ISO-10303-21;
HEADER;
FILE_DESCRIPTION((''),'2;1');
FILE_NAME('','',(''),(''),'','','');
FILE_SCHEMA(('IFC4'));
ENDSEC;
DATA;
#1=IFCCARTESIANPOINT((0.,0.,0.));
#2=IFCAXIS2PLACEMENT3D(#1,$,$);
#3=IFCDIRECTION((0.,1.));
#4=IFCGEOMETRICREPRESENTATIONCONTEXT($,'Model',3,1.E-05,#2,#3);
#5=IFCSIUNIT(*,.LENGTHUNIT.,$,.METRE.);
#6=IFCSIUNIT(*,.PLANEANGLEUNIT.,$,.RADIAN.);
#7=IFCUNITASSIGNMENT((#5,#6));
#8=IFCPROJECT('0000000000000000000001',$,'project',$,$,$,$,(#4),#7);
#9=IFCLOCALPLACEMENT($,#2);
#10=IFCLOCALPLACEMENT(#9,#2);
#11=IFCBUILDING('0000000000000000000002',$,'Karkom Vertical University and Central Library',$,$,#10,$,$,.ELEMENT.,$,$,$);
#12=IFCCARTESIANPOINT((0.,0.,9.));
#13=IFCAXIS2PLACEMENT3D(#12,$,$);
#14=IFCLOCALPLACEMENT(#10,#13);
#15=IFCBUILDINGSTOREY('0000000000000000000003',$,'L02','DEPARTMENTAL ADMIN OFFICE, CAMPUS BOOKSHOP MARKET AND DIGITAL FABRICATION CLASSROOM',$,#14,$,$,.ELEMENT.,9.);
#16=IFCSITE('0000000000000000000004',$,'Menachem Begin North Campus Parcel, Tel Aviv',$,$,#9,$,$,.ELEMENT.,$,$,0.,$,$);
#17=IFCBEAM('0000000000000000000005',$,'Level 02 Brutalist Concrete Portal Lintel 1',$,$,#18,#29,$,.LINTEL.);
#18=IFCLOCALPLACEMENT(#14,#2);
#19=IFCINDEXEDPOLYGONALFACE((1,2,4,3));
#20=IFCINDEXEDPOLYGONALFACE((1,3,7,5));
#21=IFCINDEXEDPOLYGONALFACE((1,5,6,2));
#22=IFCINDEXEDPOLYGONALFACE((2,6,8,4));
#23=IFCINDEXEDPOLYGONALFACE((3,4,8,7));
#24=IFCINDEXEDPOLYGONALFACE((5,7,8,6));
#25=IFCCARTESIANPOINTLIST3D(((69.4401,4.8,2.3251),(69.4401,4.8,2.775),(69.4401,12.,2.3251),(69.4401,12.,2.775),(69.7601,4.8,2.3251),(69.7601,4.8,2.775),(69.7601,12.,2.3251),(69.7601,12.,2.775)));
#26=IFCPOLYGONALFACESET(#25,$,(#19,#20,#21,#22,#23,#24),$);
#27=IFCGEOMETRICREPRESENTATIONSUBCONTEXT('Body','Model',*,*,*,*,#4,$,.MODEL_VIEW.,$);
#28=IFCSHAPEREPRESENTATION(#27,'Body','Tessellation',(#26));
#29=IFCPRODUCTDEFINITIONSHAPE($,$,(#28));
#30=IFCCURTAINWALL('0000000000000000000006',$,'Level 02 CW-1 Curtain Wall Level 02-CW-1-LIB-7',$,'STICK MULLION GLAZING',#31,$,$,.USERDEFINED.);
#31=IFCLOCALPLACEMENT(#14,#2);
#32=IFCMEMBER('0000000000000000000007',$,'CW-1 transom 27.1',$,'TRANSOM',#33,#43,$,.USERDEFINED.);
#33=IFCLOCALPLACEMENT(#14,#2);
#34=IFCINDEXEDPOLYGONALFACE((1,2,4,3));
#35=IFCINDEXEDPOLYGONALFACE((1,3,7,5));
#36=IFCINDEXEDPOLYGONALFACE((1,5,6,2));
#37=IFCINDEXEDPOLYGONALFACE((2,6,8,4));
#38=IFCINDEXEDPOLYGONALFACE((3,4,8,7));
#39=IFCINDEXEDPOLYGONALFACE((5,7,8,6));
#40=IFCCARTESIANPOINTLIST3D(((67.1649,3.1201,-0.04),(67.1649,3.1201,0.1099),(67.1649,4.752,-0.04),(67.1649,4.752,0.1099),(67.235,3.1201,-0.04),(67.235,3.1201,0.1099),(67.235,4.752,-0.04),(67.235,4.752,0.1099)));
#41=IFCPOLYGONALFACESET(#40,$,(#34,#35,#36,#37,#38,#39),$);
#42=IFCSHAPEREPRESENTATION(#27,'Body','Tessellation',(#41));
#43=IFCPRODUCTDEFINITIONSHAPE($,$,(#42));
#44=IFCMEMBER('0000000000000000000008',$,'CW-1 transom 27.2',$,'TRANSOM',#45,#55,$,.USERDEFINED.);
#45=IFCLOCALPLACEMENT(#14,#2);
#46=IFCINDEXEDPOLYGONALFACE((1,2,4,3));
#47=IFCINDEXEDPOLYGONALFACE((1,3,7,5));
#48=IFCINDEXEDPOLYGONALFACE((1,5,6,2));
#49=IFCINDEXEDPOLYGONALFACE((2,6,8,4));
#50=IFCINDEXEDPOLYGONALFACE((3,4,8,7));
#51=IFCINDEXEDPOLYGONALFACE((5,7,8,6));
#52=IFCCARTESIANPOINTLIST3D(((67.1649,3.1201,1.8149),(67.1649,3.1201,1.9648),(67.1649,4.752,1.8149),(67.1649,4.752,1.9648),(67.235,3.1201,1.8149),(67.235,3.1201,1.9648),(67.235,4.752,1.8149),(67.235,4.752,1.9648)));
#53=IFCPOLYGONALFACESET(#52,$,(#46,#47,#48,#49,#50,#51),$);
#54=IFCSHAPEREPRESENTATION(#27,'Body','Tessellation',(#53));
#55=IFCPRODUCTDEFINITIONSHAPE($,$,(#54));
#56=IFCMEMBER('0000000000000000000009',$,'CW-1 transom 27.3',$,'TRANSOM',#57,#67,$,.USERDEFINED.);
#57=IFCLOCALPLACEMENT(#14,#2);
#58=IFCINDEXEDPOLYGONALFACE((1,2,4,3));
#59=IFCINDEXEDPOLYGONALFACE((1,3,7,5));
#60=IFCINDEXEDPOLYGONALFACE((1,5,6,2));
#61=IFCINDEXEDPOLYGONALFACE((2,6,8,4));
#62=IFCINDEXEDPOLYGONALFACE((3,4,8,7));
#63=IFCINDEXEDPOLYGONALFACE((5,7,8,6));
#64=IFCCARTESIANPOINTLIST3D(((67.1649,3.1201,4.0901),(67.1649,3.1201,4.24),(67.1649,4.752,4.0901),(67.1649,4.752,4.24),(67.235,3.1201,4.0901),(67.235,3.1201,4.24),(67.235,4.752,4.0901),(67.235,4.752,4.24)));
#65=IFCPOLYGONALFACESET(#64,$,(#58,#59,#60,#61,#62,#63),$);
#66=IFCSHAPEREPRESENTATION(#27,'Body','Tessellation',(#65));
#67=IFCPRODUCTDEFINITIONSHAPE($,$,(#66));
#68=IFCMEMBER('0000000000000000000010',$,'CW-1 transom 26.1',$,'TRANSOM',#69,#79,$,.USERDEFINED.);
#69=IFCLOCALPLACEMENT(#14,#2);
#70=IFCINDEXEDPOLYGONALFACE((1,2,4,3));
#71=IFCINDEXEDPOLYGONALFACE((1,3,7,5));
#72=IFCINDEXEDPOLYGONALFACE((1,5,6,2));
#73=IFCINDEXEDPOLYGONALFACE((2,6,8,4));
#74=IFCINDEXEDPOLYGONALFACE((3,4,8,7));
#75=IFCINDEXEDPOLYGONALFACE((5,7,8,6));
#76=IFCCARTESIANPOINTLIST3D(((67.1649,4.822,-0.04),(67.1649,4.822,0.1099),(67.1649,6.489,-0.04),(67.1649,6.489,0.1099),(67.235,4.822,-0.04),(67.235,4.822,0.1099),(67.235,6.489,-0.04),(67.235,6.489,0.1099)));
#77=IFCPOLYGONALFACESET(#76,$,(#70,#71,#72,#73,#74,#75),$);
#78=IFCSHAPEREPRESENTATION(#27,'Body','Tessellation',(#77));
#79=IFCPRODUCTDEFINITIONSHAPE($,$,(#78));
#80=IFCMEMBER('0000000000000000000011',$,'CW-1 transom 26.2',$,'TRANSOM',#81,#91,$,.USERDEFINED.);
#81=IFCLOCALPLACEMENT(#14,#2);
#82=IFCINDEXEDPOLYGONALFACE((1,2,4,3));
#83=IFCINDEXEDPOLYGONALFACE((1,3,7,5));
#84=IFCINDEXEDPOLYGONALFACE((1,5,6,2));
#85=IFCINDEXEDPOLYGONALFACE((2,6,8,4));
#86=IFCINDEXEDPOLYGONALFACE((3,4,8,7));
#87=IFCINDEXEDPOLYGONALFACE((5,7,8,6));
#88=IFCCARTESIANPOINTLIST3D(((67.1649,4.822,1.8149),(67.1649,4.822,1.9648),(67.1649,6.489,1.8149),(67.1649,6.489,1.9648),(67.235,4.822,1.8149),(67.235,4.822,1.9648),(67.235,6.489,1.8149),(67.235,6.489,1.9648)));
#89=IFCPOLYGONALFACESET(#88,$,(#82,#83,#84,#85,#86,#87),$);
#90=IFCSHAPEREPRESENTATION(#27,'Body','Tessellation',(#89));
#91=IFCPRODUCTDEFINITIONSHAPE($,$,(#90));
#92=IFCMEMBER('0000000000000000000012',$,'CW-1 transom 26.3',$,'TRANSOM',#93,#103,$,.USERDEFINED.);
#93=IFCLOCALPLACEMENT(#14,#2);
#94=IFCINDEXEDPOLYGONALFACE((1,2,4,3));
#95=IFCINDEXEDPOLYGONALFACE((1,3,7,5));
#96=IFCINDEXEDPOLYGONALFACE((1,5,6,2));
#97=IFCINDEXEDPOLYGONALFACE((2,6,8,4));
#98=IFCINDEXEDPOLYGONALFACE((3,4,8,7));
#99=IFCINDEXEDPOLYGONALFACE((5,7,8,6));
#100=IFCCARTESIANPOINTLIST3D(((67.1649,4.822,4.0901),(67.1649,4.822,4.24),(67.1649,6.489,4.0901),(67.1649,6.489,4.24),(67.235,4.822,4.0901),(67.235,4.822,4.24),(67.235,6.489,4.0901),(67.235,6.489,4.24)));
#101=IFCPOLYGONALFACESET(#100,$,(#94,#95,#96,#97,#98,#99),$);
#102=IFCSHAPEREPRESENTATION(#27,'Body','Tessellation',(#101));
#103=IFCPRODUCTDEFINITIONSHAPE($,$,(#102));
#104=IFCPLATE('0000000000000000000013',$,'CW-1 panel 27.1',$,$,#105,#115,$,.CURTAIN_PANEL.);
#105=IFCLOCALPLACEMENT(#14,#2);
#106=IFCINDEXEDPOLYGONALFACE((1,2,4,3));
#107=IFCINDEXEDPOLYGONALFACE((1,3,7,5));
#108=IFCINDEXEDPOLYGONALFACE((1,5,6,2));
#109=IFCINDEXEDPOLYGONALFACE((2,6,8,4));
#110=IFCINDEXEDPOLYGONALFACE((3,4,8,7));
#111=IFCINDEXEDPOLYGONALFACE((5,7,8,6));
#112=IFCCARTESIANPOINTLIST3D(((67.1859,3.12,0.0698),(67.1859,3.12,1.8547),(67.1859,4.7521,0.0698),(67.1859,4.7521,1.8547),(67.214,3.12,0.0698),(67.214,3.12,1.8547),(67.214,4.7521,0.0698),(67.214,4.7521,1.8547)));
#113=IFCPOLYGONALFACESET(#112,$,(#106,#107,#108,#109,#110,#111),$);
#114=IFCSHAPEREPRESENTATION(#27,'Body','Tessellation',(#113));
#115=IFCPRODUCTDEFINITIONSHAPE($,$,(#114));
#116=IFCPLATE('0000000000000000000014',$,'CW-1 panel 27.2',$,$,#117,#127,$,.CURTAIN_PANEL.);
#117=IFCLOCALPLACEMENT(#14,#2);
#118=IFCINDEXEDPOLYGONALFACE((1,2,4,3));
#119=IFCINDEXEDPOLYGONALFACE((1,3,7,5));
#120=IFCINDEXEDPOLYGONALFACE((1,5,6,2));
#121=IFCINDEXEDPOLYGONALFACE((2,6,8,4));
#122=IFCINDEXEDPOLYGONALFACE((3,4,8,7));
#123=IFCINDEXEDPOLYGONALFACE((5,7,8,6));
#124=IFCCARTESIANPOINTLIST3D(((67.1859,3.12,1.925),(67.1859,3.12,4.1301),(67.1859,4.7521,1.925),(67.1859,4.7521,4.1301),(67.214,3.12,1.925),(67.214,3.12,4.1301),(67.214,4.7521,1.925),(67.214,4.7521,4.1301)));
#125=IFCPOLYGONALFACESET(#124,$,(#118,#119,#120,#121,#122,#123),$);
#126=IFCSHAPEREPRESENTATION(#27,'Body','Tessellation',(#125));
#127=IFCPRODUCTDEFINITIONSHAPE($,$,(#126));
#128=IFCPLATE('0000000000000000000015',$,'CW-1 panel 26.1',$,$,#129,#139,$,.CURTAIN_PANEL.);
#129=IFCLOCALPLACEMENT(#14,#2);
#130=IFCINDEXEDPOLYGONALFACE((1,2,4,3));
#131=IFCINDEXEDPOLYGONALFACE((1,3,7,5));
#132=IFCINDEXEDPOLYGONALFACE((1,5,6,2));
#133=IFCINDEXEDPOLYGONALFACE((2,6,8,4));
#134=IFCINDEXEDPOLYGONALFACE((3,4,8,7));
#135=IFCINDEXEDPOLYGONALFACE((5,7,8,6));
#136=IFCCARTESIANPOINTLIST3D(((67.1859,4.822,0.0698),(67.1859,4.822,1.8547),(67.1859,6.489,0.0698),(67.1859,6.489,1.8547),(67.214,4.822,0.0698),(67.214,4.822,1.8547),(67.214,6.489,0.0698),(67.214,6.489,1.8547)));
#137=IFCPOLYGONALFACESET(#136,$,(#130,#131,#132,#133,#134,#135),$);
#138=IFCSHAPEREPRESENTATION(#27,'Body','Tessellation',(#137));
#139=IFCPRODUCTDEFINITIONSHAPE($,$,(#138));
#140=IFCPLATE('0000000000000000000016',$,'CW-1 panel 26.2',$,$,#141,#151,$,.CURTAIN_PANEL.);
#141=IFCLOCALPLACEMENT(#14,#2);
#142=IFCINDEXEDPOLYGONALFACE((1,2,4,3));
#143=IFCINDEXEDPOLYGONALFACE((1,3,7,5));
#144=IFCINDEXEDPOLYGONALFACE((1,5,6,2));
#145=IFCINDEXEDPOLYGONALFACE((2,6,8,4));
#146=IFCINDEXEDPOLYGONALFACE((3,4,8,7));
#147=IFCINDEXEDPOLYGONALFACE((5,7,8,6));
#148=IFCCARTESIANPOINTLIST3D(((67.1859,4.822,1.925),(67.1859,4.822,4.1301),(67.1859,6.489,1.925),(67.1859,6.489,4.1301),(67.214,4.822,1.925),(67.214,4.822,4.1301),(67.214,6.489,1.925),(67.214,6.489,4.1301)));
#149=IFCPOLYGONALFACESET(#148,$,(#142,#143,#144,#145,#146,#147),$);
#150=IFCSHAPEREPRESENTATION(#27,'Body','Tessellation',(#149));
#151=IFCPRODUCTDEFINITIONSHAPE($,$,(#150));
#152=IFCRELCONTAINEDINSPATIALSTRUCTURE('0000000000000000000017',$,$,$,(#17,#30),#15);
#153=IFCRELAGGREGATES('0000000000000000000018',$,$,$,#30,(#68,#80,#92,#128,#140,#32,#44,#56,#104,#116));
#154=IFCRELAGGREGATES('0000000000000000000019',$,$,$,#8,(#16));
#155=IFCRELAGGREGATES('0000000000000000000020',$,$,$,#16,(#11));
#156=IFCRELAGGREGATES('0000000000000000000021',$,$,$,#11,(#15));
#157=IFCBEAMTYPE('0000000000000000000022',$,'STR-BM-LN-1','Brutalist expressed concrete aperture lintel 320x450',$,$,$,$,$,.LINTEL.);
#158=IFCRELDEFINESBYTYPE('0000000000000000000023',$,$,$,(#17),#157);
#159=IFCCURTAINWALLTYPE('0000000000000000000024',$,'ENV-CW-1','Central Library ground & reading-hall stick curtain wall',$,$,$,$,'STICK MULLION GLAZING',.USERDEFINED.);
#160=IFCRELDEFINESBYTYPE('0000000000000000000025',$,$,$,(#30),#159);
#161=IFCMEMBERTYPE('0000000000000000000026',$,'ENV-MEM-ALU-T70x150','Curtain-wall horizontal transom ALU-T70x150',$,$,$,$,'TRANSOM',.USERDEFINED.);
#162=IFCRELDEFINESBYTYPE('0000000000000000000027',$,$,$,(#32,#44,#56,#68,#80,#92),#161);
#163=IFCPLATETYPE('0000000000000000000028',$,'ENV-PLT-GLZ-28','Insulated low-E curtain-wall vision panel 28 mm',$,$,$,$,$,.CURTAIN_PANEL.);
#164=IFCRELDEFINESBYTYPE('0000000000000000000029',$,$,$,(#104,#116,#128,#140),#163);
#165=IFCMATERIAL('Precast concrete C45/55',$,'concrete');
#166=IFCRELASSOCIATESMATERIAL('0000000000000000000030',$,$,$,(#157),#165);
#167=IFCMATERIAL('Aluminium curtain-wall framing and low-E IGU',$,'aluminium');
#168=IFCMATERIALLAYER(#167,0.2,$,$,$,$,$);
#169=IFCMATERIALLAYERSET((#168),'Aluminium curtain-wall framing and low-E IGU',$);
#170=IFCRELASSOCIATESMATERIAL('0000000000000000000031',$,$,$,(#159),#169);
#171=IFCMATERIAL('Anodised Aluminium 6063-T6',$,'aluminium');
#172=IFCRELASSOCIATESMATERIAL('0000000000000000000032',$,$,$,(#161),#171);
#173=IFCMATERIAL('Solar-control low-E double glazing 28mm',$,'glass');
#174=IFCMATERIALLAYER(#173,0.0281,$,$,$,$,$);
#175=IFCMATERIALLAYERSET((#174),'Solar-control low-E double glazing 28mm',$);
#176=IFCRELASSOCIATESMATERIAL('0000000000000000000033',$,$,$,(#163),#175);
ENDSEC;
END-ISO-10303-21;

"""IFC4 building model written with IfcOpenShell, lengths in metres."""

from ifc_helpers import new_model, si_unit, direction, frame, origin, origin_with_axes, origin_2d, place, context, subcontext, project, spatial, rectangle, extrude, source, transform, mapped, material, layer, layer_set, material_profile, profile_set, type_object, element, aggregate, save


model = new_model("IFC4")

# Units and contexts
model_context = context("Model", 3, precision=1e-05, world=origin(), true_north=direction((0.0, 1.0)))
body_context = subcontext(model_context, "Body", "Model", "MODEL_VIEW")
ifc_project = project(units=[si_unit("LENGTHUNIT", "METRE"), si_unit("PLANEANGLEUNIT", "RADIAN")], contexts=[model_context])

# Site, building, storey
site_placement = place(None, origin())
site = spatial("IfcSite", under=ifc_project, at=site_placement, Name="Menachem Begin North Campus Parcel, Tel Aviv", CompositionType="ELEMENT", RefElevation=0.0)
building_placement = place(site_placement, origin())
building = spatial("IfcBuilding", under=site, at=building_placement, Name="Karkom Vertical University and Central Library", CompositionType="ELEMENT")
storey_placement = place(building_placement, frame((0.0, 0.0, 9.0)))
storey = spatial("IfcBuildingStorey", under=building, at=storey_placement, Name="L02", Description="DEPARTMENTAL ADMIN OFFICE, CAMPUS BOOKSHOP MARKET AND DIGITAL FABRICATION CLASSROOM", CompositionType="ELEMENT", Elevation=9.0)

# Beam
ifc_material_1 = material(Name="Precast concrete C45/55", Category="concrete")
ifc_material_profile_1 = material_profile(ifc_material_1, rectangle(XDim=0.3201, YDim=0.45, at=origin_2d()), Name="RCL-320x450")
ifc_profile_set_1 = profile_set([ifc_material_profile_1], Name="Precast concrete C45/55")
beam_type_1 = type_object("IfcBeamType", Name="STR-BM-LN-1", Description="Brutalist expressed concrete aperture lintel 320x450", PredefinedType="LINTEL", material=ifc_profile_set_1)
shared_shape_1 = source(origin_with_axes(), body_context, "Body", "SweptSolid", [
    extrude(rectangle(XDim=0.3201, YDim=0.45, at=origin_2d()), origin(), (0.0, 0.0, 1.0), 7.2),
])
beam_1_placement = place(storey_placement, frame((69.6001, 4.8, 2.55), z_axis=(0.0, 1.0, 0.0), x_axis=(-1.0, 0.0, 0.0)))
element("IfcBeam", 1, at=beam_1_placement, inside=storey, type_object=beam_type_1, Name="Level 02 Brutalist Concrete Portal Lintel 1", PredefinedType="LINTEL", context=body_context, shape_type="MappedRepresentation", body=[
    mapped(shared_shape_1, transform((0.0, 0.0, 0.0), scale=1.0)),
])

# Curtain wall, members, plates
ifc_material_2 = material(Name="Aluminium curtain-wall framing and low-E IGU", Category="aluminium")
ifc_layer_1 = layer(ifc_material_2, 0.2)
ifc_layer_set_1 = layer_set([ifc_layer_1], Name="Aluminium curtain-wall framing and low-E IGU")
curtain_wall_type = type_object("IfcCurtainWallType", Name="ENV-CW-1", Description="Central Library ground & reading-hall stick curtain wall", ElementType="STICK MULLION GLAZING", PredefinedType="USERDEFINED", material=ifc_layer_set_1)
curtain_wall_placement = place(storey_placement, origin())
curtain_wall = element("IfcCurtainWall", 2, at=curtain_wall_placement, inside=storey, type_object=curtain_wall_type, Name="Level 02 CW-1 Curtain Wall Level 02-CW-1-LIB-7", ObjectType="STICK MULLION GLAZING", PredefinedType="USERDEFINED")
ifc_material_3 = material(Name="Anodised Aluminium 6063-T6", Category="aluminium")
ifc_material_profile_2 = material_profile(ifc_material_3, rectangle(XDim=0.0701, YDim=0.1499, at=origin_2d()), Name="ALU-T70x150")
ifc_profile_set_2 = profile_set([ifc_material_profile_2], Name="Anodised Aluminium 6063-T6")
member_type = type_object("IfcMemberType", Name="ENV-MEM-ALU-T70x150", Description="Curtain-wall horizontal transom ALU-T70x150", ElementType="TRANSOM", PredefinedType="USERDEFINED", material=ifc_profile_set_2)
shared_shape_2 = source(origin_with_axes(), body_context, "Body", "SweptSolid", [
    extrude(rectangle(XDim=0.0701, YDim=0.1499, at=origin_2d()), origin(), (0.0, 0.0, 1.0), 1.6318),
])
member_1_placement = place(storey_placement, frame((67.2, 4.752, 0.0349), z_axis=(0.0, -1.0, 0.0), x_axis=(1.0, 0.0, 0.0)))
member_1 = element("IfcMember", 3, at=member_1_placement, type_object=member_type, Name="CW-1 transom 27.1", ObjectType="TRANSOM", PredefinedType="USERDEFINED", context=body_context, shape_type="MappedRepresentation", body=[
    mapped(shared_shape_2, transform((0.0, 0.0, 0.0), scale=1.0)),
])
member_2_placement = place(storey_placement, frame((67.2, 4.752, 1.8899), z_axis=(0.0, -1.0, 0.0), x_axis=(1.0, 0.0, 0.0)))
member_2 = element("IfcMember", 4, at=member_2_placement, type_object=member_type, Name="CW-1 transom 27.2", ObjectType="TRANSOM", PredefinedType="USERDEFINED", context=body_context, shape_type="MappedRepresentation", body=[
    mapped(shared_shape_2, transform((0.0, 0.0, 0.0), scale=1.0)),
])
member_3_placement = place(storey_placement, frame((67.2, 4.752, 4.165), z_axis=(0.0, -1.0, 0.0), x_axis=(1.0, 0.0, 0.0)))
member_3 = element("IfcMember", 5, at=member_3_placement, type_object=member_type, Name="CW-1 transom 27.3", ObjectType="TRANSOM", PredefinedType="USERDEFINED", context=body_context, shape_type="MappedRepresentation", body=[
    mapped(shared_shape_2, transform((0.0, 0.0, 0.0), scale=1.0)),
])
shared_shape_3 = source(origin_with_axes(), body_context, "Body", "SweptSolid", [
    extrude(rectangle(XDim=0.0701, YDim=0.1499, at=origin_2d()), origin(), (0.0, 0.0, 1.0), 1.667),
])
member_4_placement = place(storey_placement, frame((67.2, 6.489, 0.0349), z_axis=(0.0, -1.0, 0.0), x_axis=(1.0, 0.0, 0.0)))
member_4 = element("IfcMember", 6, at=member_4_placement, type_object=member_type, Name="CW-1 transom 26.1", ObjectType="TRANSOM", PredefinedType="USERDEFINED", context=body_context, shape_type="MappedRepresentation", body=[
    mapped(shared_shape_3, transform((0.0, 0.0, 0.0), scale=1.0)),
])
member_5_placement = place(storey_placement, frame((67.2, 6.489, 1.8899), z_axis=(0.0, -1.0, 0.0), x_axis=(1.0, 0.0, 0.0)))
member_5 = element("IfcMember", 7, at=member_5_placement, type_object=member_type, Name="CW-1 transom 26.2", ObjectType="TRANSOM", PredefinedType="USERDEFINED", context=body_context, shape_type="MappedRepresentation", body=[
    mapped(shared_shape_3, transform((0.0, 0.0, 0.0), scale=1.0)),
])
member_6_placement = place(storey_placement, frame((67.2, 6.489, 4.165), z_axis=(0.0, -1.0, 0.0), x_axis=(1.0, 0.0, 0.0)))
member_6 = element("IfcMember", 8, at=member_6_placement, type_object=member_type, Name="CW-1 transom 26.3", ObjectType="TRANSOM", PredefinedType="USERDEFINED", context=body_context, shape_type="MappedRepresentation", body=[
    mapped(shared_shape_3, transform((0.0, 0.0, 0.0), scale=1.0)),
])
ifc_material_4 = material(Name="Solar-control low-E double glazing 28mm", Category="glass")
ifc_layer_2 = layer(ifc_material_4, 0.0281)
ifc_layer_set_2 = layer_set([ifc_layer_2], Name="Solar-control low-E double glazing 28mm")
plate_type = type_object("IfcPlateType", Name="ENV-PLT-GLZ-28", Description="Insulated low-E curtain-wall vision panel 28 mm", PredefinedType="CURTAIN_PANEL", material=ifc_layer_set_2)
shared_shape_4 = source(origin_with_axes(), body_context, "Body", "SweptSolid", [
    extrude(rectangle(XDim=1.6321, YDim=0.0281, at=origin_2d()), origin(), (0.0, 0.0, 1.0), 1.7849),
])
plate_1_placement = place(storey_placement, frame((67.2, 3.936, 0.0698), z_axis=(0.0, 0.0, 1.0), x_axis=(0.0, -1.0, 0.0)))
plate_1 = element("IfcPlate", 9, at=plate_1_placement, type_object=plate_type, Name="CW-1 panel 27.1", PredefinedType="CURTAIN_PANEL", context=body_context, shape_type="MappedRepresentation", body=[
    mapped(shared_shape_4, transform((0.0, 0.0, 0.0), scale=1.0)),
])
shared_shape_5 = source(origin_with_axes(), body_context, "Body", "SweptSolid", [
    extrude(rectangle(XDim=1.6321, YDim=0.0281, at=origin_2d()), origin(), (0.0, 0.0, 1.0), 2.2051),
])
plate_2_placement = place(storey_placement, frame((67.2, 3.936, 1.925), z_axis=(0.0, 0.0, 1.0), x_axis=(0.0, -1.0, 0.0)))
plate_2 = element("IfcPlate", 10, at=plate_2_placement, type_object=plate_type, Name="CW-1 panel 27.2", PredefinedType="CURTAIN_PANEL", context=body_context, shape_type="MappedRepresentation", body=[
    mapped(shared_shape_5, transform((0.0, 0.0, 0.0), scale=1.0)),
])
shared_shape_6 = source(origin_with_axes(), body_context, "Body", "SweptSolid", [
    extrude(rectangle(XDim=1.667, YDim=0.0281, at=origin_2d()), origin(), (0.0, 0.0, 1.0), 1.7849),
])
plate_3_placement = place(storey_placement, frame((67.2, 5.6555, 0.0698), z_axis=(0.0, 0.0, 1.0), x_axis=(0.0, -1.0, 0.0)))
plate_3 = element("IfcPlate", 11, at=plate_3_placement, type_object=plate_type, Name="CW-1 panel 26.1", PredefinedType="CURTAIN_PANEL", context=body_context, shape_type="MappedRepresentation", body=[
    mapped(shared_shape_6, transform((0.0, 0.0, 0.0), scale=1.0)),
])
shared_shape_7 = source(origin_with_axes(), body_context, "Body", "SweptSolid", [
    extrude(rectangle(XDim=1.667, YDim=0.0281, at=origin_2d()), origin(), (0.0, 0.0, 1.0), 2.2051),
])
plate_4_placement = place(storey_placement, frame((67.2, 5.6555, 1.925), z_axis=(0.0, 0.0, 1.0), x_axis=(0.0, -1.0, 0.0)))
plate_4 = element("IfcPlate", 12, at=plate_4_placement, type_object=plate_type, Name="CW-1 panel 26.2", PredefinedType="CURTAIN_PANEL", context=body_context, shape_type="MappedRepresentation", body=[
    mapped(shared_shape_7, transform((0.0, 0.0, 0.0), scale=1.0)),
])
aggregate(curtain_wall, [member_4, member_5, member_6, plate_3, plate_4, member_1, member_2, member_3, plate_1, plate_2])

save(model, "model.ifc")
